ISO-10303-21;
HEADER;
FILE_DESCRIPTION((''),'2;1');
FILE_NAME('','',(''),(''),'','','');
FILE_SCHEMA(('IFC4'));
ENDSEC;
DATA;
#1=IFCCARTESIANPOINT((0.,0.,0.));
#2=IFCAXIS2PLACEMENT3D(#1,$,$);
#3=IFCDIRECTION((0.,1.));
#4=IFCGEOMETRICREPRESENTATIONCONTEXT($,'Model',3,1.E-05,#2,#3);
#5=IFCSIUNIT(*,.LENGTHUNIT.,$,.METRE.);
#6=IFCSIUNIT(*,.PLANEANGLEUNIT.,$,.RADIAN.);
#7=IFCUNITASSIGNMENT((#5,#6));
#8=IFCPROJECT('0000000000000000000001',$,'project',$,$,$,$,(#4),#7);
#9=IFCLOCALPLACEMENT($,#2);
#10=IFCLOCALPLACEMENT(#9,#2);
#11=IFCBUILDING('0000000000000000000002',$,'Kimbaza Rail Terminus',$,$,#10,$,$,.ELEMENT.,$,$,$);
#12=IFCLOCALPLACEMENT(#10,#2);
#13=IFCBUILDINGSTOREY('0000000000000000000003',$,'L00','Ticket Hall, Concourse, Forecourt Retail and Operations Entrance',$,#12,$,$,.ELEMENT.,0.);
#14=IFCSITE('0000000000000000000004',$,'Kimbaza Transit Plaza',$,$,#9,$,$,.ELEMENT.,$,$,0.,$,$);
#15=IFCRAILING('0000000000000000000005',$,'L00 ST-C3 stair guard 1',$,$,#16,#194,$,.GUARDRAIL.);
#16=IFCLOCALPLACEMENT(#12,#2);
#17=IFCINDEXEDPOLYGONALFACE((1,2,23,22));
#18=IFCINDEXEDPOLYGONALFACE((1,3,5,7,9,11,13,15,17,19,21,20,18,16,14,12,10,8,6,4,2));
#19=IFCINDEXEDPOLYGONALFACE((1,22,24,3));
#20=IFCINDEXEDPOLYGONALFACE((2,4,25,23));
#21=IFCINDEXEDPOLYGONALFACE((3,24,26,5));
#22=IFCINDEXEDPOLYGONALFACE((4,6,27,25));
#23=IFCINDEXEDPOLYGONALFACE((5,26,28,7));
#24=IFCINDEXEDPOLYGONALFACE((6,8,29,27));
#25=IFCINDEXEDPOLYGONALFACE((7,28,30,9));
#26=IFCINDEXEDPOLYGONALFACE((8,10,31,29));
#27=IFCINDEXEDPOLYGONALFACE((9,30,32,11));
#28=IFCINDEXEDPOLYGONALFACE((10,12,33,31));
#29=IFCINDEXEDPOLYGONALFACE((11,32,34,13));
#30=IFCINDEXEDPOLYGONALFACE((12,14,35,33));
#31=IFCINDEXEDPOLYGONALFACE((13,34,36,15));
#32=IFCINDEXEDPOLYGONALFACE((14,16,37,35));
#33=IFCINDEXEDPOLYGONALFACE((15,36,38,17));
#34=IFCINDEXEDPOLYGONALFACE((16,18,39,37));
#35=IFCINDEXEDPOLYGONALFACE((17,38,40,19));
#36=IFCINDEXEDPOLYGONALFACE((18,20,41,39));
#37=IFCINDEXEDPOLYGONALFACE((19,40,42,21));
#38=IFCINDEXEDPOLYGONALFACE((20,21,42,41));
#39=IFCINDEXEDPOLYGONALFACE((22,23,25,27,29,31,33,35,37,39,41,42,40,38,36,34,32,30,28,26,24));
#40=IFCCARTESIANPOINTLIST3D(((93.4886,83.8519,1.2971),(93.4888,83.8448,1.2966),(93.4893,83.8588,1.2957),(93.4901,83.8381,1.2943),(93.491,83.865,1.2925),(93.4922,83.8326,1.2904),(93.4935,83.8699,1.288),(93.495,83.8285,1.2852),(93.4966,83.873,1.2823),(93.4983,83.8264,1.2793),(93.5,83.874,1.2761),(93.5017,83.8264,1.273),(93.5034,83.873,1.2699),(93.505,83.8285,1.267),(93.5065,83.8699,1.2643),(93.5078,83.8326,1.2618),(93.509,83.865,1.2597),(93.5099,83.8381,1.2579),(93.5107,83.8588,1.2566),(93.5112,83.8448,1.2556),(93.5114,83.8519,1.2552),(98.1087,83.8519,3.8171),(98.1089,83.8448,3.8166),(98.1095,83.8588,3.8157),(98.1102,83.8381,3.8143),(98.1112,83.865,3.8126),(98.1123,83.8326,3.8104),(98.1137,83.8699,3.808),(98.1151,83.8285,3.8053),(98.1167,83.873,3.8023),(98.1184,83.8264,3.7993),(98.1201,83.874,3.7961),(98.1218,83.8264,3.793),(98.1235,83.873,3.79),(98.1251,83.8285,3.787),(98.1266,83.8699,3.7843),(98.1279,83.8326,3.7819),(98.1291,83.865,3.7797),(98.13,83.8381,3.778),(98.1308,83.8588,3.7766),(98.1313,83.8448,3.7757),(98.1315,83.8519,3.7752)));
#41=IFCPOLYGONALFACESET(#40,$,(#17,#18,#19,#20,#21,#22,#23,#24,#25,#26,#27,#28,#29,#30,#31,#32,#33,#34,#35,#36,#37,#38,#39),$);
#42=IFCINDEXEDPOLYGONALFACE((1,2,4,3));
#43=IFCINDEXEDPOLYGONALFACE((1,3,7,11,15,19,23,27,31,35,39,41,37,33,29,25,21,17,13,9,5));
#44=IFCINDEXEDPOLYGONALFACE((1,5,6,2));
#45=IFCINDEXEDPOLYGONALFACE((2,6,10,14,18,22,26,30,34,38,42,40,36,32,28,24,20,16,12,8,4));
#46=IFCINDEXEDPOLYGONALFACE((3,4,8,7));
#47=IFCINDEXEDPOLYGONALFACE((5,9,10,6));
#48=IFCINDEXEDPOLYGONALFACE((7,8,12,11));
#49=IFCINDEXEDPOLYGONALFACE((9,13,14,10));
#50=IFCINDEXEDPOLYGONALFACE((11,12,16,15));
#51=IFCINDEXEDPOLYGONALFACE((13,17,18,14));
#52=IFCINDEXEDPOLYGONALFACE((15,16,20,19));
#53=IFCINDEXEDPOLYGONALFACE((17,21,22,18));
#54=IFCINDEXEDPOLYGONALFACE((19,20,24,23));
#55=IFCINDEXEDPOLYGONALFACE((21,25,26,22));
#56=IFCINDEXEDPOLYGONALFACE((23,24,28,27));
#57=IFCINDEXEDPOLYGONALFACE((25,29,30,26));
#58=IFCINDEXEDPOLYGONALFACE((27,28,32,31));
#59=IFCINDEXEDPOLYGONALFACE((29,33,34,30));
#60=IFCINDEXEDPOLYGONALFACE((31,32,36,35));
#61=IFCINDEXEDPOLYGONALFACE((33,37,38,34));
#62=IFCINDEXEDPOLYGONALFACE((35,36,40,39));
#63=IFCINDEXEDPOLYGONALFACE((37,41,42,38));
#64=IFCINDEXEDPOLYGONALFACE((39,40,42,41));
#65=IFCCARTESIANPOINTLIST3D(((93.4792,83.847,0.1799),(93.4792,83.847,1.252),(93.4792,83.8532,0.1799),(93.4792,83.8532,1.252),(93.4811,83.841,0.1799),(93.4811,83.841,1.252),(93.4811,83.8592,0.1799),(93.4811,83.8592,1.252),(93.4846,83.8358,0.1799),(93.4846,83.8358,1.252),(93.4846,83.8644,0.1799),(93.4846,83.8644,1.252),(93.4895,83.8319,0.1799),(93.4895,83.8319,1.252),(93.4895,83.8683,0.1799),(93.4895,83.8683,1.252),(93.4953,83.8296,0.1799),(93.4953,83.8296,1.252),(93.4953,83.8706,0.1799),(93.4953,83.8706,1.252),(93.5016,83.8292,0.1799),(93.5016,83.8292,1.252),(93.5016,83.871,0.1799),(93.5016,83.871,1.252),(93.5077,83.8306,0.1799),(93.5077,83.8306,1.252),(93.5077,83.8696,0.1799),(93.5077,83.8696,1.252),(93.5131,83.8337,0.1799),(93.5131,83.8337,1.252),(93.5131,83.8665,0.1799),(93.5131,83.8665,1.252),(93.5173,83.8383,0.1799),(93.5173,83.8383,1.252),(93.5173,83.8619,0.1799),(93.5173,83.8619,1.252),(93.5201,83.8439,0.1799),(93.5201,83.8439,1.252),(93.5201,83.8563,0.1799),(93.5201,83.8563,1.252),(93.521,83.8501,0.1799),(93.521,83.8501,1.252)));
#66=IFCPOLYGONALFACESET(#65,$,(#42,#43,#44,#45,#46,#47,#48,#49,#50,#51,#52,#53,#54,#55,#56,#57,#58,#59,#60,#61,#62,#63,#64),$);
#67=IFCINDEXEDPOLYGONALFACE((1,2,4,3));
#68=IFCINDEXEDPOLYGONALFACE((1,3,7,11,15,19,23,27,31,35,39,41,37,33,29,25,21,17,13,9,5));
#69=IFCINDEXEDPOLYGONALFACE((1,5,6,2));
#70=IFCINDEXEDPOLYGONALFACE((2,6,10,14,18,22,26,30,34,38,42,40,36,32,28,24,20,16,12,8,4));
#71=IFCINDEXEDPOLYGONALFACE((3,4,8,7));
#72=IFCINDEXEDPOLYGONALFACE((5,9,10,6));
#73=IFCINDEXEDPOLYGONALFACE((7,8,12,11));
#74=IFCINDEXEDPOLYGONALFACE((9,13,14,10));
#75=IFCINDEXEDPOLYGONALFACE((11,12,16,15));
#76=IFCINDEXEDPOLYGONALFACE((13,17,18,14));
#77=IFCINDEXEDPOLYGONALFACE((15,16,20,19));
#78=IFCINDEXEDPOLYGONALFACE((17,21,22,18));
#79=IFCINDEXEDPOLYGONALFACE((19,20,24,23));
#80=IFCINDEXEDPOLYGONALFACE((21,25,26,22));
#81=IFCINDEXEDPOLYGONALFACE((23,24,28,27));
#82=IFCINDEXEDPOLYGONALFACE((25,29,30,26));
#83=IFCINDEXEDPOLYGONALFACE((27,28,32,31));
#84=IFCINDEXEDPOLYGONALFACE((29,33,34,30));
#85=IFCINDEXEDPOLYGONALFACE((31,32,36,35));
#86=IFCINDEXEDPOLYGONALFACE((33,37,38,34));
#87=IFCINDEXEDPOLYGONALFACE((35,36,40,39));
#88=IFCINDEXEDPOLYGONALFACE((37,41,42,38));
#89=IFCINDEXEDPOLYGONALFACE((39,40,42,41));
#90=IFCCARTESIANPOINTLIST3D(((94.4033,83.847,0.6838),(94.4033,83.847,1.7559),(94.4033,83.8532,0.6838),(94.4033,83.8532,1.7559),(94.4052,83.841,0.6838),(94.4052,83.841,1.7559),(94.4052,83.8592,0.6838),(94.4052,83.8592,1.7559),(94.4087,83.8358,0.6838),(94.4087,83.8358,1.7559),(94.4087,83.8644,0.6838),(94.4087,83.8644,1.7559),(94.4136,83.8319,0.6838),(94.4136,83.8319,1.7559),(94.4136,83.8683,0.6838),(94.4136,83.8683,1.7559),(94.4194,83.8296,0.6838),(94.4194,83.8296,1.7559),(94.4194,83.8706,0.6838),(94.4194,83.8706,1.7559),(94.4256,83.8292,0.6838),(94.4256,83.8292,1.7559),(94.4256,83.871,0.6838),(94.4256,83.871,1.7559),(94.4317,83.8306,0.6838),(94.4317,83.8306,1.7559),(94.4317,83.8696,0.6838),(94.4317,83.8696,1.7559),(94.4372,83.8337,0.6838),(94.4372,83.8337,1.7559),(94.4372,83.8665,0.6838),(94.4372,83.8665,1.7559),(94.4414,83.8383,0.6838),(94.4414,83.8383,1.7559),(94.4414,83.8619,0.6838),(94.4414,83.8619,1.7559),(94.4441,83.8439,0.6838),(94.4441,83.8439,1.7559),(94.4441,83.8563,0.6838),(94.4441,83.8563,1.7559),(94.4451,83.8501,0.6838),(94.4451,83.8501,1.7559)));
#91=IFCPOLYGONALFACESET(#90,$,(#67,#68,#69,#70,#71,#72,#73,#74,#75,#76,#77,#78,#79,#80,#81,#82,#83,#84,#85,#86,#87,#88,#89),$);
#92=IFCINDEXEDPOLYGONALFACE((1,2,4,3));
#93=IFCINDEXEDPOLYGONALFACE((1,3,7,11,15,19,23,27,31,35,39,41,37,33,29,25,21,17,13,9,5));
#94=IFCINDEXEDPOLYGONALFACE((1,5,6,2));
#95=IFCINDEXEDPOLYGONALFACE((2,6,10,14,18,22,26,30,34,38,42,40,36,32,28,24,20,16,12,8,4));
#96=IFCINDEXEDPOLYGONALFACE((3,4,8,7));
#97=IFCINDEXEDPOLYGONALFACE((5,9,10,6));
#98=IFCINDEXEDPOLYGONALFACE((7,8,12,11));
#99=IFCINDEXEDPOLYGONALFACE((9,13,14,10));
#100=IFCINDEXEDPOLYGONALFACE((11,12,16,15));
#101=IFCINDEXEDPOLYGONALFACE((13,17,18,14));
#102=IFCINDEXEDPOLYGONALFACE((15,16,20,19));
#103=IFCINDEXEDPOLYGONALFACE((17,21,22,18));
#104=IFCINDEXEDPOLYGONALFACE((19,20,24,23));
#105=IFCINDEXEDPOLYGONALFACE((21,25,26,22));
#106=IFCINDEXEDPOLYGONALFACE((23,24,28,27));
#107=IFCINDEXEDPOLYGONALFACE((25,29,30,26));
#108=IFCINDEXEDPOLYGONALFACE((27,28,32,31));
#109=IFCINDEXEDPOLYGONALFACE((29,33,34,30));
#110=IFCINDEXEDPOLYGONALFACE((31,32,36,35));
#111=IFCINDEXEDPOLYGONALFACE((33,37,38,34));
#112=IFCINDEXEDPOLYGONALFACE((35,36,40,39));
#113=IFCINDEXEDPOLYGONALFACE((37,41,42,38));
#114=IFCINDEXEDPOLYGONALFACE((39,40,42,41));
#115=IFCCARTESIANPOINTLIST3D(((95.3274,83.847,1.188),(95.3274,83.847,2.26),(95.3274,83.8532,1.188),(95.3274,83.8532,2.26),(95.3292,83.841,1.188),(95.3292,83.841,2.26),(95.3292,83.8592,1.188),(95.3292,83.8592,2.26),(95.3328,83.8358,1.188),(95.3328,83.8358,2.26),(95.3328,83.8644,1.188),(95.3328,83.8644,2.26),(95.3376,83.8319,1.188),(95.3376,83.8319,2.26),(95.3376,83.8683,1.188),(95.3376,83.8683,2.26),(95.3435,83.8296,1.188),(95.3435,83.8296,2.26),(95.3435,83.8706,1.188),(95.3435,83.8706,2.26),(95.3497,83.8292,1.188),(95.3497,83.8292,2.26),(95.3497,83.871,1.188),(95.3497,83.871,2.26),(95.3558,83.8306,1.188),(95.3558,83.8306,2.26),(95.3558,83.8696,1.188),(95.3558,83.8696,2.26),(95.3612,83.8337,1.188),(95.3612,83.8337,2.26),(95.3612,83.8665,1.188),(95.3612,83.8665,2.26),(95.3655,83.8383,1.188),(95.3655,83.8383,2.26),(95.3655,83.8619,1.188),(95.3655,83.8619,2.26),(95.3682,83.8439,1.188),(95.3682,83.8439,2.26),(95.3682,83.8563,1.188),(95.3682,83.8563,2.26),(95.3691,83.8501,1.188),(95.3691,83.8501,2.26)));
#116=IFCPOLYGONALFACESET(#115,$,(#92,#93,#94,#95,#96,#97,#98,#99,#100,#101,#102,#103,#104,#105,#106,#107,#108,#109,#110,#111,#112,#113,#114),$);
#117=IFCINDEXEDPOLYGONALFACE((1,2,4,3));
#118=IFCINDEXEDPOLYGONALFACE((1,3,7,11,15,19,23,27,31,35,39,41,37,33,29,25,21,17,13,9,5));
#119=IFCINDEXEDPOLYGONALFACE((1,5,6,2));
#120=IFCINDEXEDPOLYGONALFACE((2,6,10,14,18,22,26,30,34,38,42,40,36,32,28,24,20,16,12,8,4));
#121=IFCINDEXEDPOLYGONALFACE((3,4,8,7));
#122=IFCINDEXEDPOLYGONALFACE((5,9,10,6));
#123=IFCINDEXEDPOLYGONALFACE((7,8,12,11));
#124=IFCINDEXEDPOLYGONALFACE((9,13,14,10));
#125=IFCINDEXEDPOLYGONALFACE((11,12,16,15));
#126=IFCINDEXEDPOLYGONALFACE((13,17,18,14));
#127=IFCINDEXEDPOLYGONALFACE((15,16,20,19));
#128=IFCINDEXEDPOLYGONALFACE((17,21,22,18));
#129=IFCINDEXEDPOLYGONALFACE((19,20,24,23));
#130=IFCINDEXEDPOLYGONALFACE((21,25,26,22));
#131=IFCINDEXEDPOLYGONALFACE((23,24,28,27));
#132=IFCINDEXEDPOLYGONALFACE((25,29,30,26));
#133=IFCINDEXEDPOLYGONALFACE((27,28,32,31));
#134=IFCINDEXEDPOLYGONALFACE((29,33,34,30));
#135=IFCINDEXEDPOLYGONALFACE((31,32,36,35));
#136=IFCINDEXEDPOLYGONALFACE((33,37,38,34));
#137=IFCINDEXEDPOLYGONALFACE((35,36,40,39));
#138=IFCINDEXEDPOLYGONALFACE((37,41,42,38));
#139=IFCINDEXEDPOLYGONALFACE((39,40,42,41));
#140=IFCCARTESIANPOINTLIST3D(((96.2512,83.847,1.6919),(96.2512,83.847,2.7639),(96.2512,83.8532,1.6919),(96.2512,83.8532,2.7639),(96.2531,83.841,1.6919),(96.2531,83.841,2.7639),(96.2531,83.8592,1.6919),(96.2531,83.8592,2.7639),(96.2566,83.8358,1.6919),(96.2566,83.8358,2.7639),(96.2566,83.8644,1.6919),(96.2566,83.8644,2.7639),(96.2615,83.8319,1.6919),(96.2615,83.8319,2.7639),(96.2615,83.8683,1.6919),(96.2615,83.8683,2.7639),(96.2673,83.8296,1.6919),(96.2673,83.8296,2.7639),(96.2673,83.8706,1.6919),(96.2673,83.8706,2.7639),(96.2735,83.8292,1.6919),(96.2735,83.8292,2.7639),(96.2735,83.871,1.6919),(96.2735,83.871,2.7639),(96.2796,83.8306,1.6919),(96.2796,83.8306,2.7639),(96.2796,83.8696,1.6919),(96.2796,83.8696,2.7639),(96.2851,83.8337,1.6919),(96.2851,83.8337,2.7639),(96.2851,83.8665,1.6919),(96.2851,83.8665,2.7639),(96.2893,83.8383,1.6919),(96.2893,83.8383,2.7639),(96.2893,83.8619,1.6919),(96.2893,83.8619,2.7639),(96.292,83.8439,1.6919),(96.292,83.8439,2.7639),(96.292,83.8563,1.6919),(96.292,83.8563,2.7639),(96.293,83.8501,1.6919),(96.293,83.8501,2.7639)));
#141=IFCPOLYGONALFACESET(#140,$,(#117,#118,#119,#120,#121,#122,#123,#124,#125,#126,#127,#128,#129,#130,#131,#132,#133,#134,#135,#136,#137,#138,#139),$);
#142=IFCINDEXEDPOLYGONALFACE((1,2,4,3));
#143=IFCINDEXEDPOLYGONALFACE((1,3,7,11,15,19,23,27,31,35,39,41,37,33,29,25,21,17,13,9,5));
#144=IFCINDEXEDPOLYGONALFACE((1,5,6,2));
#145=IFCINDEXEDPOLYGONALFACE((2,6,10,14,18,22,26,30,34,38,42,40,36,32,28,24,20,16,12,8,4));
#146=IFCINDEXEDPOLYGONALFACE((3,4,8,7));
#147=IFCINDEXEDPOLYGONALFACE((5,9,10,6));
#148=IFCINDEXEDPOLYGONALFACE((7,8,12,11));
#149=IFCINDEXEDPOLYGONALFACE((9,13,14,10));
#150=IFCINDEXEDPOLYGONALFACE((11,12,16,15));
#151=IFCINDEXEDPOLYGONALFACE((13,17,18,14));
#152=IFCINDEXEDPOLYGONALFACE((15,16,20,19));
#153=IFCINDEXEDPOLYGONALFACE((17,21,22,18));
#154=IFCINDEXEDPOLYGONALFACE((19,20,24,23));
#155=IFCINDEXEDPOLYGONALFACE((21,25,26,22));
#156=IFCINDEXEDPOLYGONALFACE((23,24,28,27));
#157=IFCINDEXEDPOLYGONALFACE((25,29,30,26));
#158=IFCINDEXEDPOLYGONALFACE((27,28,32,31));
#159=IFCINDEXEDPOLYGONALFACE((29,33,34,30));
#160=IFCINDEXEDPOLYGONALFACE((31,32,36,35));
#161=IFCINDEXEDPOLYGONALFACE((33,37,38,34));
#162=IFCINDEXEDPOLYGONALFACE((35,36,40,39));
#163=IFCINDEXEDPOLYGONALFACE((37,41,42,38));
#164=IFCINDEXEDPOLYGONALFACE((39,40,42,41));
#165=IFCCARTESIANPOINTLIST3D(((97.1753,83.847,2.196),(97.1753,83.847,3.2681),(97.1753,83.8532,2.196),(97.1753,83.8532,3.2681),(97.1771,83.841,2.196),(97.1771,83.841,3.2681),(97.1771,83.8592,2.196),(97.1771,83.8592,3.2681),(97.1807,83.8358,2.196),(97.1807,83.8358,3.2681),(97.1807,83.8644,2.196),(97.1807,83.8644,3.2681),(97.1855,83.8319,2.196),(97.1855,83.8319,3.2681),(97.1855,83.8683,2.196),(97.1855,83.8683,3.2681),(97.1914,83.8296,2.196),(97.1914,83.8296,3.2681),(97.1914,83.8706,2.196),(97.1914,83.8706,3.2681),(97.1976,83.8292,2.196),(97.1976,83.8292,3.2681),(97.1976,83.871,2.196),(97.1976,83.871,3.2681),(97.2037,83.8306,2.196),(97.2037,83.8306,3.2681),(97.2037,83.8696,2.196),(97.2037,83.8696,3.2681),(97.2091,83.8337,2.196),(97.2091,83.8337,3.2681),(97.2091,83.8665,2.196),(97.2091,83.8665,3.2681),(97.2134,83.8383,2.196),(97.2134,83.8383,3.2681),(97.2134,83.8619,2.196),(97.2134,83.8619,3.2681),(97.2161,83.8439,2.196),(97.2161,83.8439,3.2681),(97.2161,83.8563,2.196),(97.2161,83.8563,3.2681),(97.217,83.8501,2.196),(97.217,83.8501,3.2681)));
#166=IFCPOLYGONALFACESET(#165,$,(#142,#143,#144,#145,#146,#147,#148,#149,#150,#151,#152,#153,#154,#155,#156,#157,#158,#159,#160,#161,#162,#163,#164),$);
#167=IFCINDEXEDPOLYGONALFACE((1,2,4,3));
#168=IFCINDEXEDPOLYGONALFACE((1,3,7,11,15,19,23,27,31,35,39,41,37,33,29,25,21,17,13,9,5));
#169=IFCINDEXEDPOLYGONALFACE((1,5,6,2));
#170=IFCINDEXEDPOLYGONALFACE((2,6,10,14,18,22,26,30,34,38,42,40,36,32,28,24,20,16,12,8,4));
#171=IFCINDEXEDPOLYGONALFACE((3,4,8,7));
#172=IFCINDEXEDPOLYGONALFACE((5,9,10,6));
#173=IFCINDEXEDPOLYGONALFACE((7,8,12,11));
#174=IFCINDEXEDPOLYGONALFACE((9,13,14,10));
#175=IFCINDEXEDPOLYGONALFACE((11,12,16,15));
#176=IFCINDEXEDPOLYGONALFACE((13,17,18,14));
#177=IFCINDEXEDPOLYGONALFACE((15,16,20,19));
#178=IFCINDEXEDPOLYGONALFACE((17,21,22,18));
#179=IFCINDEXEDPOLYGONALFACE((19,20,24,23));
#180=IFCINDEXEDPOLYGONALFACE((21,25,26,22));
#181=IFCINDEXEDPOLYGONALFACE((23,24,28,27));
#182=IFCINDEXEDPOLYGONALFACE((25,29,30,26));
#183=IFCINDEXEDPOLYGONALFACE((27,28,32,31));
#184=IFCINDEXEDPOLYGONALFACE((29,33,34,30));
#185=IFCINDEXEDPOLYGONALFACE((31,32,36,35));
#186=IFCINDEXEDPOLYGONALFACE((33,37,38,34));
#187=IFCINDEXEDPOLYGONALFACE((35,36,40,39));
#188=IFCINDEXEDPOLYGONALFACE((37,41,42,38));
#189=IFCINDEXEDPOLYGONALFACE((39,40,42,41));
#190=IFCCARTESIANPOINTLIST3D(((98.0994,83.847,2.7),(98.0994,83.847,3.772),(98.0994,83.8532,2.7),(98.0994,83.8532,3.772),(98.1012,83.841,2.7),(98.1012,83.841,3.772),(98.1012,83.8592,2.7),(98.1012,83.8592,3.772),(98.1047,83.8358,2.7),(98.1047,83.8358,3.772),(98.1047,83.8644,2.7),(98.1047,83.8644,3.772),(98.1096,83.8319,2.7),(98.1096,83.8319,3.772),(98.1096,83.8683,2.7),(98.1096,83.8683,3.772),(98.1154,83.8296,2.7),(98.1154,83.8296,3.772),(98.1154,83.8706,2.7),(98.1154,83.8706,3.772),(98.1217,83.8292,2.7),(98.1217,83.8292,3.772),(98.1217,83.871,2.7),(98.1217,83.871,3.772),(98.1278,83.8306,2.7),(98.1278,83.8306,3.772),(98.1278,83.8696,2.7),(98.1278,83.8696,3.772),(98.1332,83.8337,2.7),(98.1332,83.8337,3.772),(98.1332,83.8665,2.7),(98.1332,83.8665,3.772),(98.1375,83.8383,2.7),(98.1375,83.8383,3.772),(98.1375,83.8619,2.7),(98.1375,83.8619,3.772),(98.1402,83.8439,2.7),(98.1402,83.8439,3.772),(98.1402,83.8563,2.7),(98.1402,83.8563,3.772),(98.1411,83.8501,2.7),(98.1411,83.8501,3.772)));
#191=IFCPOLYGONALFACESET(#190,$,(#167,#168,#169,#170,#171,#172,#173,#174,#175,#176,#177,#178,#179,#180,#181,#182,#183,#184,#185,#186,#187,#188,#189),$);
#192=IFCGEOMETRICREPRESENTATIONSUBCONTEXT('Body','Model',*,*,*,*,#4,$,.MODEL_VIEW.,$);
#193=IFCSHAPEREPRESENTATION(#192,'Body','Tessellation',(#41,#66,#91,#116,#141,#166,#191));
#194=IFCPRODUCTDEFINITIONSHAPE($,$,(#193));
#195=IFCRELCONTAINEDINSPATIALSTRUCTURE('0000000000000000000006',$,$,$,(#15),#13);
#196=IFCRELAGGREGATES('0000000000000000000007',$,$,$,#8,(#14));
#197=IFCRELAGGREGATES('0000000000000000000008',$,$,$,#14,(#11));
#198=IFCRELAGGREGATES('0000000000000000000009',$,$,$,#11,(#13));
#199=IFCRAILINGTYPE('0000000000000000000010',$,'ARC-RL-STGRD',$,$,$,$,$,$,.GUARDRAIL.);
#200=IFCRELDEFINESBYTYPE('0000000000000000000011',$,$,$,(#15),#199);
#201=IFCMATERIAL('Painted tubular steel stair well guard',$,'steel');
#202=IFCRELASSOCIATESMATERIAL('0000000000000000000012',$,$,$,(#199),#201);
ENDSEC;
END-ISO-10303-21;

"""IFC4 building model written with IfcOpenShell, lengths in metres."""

from ifc_helpers import new_model, si_unit, direction, frame, origin, origin_2d, place, context, subcontext, project, spatial, circle, extrude, material, type_object, element, save


model = new_model("IFC4")

# Units and contexts
model_context = context("Model", 3, precision=1e-05, world=origin(), true_north=direction((0.0, 1.0)))
body_context = subcontext(model_context, "Body", "Model", "MODEL_VIEW")
ifc_project = project(units=[si_unit("LENGTHUNIT", "METRE"), si_unit("PLANEANGLEUNIT", "RADIAN")], contexts=[model_context])

# Site, building, storey
site_placement = place(None, origin())
site = spatial("IfcSite", under=ifc_project, at=site_placement, Name="Kimbaza Transit Plaza", CompositionType="ELEMENT", RefElevation=0.0)
building_placement = place(site_placement, origin())
building = spatial("IfcBuilding", under=site, at=building_placement, Name="Kimbaza Rail Terminus", CompositionType="ELEMENT")
storey_placement = place(building_placement, origin())
storey = spatial("IfcBuildingStorey", under=building, at=storey_placement, Name="L00", Description="Ticket Hall, Concourse, Forecourt Retail and Operations Entrance", CompositionType="ELEMENT", Elevation=0.0)

# Railing
ifc_material_1 = material(Name="Painted tubular steel stair well guard", Category="steel")
railing_type_1 = type_object("IfcRailingType", Name="ARC-RL-STGRD", PredefinedType="GUARDRAIL", material=ifc_material_1)
railing_1_placement = place(storey_placement, frame((93.5, 83.8501, 0.1799)))
element("IfcRailing", 1, at=railing_1_placement, inside=storey, type_object=railing_type_1, Name="L00 ST-C3 stair guard 1", PredefinedType="GUARDRAIL", context=body_context, shape_type="SweptSolid", body=[
    extrude(circle(Radius=0.0239, at=origin_2d()), frame((0.0, 0.0, 1.0962), z_axis=(0.877899, 0.0, 0.478846), x_axis=(0.0, 1.0, 0.0)), (0.0, 0.0, 1.0), 5.2627),
    extrude(circle(Radius=0.021, at=origin_2d()), origin(), (0.0, 0.0, 1.0), 1.072),
    extrude(circle(Radius=0.021, at=origin_2d()), frame((0.9241, 0.0, 0.5039)), (0.0, 0.0, 1.0), 1.072),
    extrude(circle(Radius=0.021, at=origin_2d()), frame((1.8481, 0.0, 1.0081)), (0.0, 0.0, 1.0), 1.072),
    extrude(circle(Radius=0.021, at=origin_2d()), frame((2.772, 0.0, 1.512)), (0.0, 0.0, 1.0), 1.072),
    extrude(circle(Radius=0.021, at=origin_2d()), frame((3.696, 0.0, 2.0161)), (0.0, 0.0, 1.0), 1.072),
    extrude(circle(Radius=0.021, at=origin_2d()), frame((4.6201, 0.0, 2.52)), (0.0, 0.0, 1.0), 1.072),
])

save(model, "model.ifc")
